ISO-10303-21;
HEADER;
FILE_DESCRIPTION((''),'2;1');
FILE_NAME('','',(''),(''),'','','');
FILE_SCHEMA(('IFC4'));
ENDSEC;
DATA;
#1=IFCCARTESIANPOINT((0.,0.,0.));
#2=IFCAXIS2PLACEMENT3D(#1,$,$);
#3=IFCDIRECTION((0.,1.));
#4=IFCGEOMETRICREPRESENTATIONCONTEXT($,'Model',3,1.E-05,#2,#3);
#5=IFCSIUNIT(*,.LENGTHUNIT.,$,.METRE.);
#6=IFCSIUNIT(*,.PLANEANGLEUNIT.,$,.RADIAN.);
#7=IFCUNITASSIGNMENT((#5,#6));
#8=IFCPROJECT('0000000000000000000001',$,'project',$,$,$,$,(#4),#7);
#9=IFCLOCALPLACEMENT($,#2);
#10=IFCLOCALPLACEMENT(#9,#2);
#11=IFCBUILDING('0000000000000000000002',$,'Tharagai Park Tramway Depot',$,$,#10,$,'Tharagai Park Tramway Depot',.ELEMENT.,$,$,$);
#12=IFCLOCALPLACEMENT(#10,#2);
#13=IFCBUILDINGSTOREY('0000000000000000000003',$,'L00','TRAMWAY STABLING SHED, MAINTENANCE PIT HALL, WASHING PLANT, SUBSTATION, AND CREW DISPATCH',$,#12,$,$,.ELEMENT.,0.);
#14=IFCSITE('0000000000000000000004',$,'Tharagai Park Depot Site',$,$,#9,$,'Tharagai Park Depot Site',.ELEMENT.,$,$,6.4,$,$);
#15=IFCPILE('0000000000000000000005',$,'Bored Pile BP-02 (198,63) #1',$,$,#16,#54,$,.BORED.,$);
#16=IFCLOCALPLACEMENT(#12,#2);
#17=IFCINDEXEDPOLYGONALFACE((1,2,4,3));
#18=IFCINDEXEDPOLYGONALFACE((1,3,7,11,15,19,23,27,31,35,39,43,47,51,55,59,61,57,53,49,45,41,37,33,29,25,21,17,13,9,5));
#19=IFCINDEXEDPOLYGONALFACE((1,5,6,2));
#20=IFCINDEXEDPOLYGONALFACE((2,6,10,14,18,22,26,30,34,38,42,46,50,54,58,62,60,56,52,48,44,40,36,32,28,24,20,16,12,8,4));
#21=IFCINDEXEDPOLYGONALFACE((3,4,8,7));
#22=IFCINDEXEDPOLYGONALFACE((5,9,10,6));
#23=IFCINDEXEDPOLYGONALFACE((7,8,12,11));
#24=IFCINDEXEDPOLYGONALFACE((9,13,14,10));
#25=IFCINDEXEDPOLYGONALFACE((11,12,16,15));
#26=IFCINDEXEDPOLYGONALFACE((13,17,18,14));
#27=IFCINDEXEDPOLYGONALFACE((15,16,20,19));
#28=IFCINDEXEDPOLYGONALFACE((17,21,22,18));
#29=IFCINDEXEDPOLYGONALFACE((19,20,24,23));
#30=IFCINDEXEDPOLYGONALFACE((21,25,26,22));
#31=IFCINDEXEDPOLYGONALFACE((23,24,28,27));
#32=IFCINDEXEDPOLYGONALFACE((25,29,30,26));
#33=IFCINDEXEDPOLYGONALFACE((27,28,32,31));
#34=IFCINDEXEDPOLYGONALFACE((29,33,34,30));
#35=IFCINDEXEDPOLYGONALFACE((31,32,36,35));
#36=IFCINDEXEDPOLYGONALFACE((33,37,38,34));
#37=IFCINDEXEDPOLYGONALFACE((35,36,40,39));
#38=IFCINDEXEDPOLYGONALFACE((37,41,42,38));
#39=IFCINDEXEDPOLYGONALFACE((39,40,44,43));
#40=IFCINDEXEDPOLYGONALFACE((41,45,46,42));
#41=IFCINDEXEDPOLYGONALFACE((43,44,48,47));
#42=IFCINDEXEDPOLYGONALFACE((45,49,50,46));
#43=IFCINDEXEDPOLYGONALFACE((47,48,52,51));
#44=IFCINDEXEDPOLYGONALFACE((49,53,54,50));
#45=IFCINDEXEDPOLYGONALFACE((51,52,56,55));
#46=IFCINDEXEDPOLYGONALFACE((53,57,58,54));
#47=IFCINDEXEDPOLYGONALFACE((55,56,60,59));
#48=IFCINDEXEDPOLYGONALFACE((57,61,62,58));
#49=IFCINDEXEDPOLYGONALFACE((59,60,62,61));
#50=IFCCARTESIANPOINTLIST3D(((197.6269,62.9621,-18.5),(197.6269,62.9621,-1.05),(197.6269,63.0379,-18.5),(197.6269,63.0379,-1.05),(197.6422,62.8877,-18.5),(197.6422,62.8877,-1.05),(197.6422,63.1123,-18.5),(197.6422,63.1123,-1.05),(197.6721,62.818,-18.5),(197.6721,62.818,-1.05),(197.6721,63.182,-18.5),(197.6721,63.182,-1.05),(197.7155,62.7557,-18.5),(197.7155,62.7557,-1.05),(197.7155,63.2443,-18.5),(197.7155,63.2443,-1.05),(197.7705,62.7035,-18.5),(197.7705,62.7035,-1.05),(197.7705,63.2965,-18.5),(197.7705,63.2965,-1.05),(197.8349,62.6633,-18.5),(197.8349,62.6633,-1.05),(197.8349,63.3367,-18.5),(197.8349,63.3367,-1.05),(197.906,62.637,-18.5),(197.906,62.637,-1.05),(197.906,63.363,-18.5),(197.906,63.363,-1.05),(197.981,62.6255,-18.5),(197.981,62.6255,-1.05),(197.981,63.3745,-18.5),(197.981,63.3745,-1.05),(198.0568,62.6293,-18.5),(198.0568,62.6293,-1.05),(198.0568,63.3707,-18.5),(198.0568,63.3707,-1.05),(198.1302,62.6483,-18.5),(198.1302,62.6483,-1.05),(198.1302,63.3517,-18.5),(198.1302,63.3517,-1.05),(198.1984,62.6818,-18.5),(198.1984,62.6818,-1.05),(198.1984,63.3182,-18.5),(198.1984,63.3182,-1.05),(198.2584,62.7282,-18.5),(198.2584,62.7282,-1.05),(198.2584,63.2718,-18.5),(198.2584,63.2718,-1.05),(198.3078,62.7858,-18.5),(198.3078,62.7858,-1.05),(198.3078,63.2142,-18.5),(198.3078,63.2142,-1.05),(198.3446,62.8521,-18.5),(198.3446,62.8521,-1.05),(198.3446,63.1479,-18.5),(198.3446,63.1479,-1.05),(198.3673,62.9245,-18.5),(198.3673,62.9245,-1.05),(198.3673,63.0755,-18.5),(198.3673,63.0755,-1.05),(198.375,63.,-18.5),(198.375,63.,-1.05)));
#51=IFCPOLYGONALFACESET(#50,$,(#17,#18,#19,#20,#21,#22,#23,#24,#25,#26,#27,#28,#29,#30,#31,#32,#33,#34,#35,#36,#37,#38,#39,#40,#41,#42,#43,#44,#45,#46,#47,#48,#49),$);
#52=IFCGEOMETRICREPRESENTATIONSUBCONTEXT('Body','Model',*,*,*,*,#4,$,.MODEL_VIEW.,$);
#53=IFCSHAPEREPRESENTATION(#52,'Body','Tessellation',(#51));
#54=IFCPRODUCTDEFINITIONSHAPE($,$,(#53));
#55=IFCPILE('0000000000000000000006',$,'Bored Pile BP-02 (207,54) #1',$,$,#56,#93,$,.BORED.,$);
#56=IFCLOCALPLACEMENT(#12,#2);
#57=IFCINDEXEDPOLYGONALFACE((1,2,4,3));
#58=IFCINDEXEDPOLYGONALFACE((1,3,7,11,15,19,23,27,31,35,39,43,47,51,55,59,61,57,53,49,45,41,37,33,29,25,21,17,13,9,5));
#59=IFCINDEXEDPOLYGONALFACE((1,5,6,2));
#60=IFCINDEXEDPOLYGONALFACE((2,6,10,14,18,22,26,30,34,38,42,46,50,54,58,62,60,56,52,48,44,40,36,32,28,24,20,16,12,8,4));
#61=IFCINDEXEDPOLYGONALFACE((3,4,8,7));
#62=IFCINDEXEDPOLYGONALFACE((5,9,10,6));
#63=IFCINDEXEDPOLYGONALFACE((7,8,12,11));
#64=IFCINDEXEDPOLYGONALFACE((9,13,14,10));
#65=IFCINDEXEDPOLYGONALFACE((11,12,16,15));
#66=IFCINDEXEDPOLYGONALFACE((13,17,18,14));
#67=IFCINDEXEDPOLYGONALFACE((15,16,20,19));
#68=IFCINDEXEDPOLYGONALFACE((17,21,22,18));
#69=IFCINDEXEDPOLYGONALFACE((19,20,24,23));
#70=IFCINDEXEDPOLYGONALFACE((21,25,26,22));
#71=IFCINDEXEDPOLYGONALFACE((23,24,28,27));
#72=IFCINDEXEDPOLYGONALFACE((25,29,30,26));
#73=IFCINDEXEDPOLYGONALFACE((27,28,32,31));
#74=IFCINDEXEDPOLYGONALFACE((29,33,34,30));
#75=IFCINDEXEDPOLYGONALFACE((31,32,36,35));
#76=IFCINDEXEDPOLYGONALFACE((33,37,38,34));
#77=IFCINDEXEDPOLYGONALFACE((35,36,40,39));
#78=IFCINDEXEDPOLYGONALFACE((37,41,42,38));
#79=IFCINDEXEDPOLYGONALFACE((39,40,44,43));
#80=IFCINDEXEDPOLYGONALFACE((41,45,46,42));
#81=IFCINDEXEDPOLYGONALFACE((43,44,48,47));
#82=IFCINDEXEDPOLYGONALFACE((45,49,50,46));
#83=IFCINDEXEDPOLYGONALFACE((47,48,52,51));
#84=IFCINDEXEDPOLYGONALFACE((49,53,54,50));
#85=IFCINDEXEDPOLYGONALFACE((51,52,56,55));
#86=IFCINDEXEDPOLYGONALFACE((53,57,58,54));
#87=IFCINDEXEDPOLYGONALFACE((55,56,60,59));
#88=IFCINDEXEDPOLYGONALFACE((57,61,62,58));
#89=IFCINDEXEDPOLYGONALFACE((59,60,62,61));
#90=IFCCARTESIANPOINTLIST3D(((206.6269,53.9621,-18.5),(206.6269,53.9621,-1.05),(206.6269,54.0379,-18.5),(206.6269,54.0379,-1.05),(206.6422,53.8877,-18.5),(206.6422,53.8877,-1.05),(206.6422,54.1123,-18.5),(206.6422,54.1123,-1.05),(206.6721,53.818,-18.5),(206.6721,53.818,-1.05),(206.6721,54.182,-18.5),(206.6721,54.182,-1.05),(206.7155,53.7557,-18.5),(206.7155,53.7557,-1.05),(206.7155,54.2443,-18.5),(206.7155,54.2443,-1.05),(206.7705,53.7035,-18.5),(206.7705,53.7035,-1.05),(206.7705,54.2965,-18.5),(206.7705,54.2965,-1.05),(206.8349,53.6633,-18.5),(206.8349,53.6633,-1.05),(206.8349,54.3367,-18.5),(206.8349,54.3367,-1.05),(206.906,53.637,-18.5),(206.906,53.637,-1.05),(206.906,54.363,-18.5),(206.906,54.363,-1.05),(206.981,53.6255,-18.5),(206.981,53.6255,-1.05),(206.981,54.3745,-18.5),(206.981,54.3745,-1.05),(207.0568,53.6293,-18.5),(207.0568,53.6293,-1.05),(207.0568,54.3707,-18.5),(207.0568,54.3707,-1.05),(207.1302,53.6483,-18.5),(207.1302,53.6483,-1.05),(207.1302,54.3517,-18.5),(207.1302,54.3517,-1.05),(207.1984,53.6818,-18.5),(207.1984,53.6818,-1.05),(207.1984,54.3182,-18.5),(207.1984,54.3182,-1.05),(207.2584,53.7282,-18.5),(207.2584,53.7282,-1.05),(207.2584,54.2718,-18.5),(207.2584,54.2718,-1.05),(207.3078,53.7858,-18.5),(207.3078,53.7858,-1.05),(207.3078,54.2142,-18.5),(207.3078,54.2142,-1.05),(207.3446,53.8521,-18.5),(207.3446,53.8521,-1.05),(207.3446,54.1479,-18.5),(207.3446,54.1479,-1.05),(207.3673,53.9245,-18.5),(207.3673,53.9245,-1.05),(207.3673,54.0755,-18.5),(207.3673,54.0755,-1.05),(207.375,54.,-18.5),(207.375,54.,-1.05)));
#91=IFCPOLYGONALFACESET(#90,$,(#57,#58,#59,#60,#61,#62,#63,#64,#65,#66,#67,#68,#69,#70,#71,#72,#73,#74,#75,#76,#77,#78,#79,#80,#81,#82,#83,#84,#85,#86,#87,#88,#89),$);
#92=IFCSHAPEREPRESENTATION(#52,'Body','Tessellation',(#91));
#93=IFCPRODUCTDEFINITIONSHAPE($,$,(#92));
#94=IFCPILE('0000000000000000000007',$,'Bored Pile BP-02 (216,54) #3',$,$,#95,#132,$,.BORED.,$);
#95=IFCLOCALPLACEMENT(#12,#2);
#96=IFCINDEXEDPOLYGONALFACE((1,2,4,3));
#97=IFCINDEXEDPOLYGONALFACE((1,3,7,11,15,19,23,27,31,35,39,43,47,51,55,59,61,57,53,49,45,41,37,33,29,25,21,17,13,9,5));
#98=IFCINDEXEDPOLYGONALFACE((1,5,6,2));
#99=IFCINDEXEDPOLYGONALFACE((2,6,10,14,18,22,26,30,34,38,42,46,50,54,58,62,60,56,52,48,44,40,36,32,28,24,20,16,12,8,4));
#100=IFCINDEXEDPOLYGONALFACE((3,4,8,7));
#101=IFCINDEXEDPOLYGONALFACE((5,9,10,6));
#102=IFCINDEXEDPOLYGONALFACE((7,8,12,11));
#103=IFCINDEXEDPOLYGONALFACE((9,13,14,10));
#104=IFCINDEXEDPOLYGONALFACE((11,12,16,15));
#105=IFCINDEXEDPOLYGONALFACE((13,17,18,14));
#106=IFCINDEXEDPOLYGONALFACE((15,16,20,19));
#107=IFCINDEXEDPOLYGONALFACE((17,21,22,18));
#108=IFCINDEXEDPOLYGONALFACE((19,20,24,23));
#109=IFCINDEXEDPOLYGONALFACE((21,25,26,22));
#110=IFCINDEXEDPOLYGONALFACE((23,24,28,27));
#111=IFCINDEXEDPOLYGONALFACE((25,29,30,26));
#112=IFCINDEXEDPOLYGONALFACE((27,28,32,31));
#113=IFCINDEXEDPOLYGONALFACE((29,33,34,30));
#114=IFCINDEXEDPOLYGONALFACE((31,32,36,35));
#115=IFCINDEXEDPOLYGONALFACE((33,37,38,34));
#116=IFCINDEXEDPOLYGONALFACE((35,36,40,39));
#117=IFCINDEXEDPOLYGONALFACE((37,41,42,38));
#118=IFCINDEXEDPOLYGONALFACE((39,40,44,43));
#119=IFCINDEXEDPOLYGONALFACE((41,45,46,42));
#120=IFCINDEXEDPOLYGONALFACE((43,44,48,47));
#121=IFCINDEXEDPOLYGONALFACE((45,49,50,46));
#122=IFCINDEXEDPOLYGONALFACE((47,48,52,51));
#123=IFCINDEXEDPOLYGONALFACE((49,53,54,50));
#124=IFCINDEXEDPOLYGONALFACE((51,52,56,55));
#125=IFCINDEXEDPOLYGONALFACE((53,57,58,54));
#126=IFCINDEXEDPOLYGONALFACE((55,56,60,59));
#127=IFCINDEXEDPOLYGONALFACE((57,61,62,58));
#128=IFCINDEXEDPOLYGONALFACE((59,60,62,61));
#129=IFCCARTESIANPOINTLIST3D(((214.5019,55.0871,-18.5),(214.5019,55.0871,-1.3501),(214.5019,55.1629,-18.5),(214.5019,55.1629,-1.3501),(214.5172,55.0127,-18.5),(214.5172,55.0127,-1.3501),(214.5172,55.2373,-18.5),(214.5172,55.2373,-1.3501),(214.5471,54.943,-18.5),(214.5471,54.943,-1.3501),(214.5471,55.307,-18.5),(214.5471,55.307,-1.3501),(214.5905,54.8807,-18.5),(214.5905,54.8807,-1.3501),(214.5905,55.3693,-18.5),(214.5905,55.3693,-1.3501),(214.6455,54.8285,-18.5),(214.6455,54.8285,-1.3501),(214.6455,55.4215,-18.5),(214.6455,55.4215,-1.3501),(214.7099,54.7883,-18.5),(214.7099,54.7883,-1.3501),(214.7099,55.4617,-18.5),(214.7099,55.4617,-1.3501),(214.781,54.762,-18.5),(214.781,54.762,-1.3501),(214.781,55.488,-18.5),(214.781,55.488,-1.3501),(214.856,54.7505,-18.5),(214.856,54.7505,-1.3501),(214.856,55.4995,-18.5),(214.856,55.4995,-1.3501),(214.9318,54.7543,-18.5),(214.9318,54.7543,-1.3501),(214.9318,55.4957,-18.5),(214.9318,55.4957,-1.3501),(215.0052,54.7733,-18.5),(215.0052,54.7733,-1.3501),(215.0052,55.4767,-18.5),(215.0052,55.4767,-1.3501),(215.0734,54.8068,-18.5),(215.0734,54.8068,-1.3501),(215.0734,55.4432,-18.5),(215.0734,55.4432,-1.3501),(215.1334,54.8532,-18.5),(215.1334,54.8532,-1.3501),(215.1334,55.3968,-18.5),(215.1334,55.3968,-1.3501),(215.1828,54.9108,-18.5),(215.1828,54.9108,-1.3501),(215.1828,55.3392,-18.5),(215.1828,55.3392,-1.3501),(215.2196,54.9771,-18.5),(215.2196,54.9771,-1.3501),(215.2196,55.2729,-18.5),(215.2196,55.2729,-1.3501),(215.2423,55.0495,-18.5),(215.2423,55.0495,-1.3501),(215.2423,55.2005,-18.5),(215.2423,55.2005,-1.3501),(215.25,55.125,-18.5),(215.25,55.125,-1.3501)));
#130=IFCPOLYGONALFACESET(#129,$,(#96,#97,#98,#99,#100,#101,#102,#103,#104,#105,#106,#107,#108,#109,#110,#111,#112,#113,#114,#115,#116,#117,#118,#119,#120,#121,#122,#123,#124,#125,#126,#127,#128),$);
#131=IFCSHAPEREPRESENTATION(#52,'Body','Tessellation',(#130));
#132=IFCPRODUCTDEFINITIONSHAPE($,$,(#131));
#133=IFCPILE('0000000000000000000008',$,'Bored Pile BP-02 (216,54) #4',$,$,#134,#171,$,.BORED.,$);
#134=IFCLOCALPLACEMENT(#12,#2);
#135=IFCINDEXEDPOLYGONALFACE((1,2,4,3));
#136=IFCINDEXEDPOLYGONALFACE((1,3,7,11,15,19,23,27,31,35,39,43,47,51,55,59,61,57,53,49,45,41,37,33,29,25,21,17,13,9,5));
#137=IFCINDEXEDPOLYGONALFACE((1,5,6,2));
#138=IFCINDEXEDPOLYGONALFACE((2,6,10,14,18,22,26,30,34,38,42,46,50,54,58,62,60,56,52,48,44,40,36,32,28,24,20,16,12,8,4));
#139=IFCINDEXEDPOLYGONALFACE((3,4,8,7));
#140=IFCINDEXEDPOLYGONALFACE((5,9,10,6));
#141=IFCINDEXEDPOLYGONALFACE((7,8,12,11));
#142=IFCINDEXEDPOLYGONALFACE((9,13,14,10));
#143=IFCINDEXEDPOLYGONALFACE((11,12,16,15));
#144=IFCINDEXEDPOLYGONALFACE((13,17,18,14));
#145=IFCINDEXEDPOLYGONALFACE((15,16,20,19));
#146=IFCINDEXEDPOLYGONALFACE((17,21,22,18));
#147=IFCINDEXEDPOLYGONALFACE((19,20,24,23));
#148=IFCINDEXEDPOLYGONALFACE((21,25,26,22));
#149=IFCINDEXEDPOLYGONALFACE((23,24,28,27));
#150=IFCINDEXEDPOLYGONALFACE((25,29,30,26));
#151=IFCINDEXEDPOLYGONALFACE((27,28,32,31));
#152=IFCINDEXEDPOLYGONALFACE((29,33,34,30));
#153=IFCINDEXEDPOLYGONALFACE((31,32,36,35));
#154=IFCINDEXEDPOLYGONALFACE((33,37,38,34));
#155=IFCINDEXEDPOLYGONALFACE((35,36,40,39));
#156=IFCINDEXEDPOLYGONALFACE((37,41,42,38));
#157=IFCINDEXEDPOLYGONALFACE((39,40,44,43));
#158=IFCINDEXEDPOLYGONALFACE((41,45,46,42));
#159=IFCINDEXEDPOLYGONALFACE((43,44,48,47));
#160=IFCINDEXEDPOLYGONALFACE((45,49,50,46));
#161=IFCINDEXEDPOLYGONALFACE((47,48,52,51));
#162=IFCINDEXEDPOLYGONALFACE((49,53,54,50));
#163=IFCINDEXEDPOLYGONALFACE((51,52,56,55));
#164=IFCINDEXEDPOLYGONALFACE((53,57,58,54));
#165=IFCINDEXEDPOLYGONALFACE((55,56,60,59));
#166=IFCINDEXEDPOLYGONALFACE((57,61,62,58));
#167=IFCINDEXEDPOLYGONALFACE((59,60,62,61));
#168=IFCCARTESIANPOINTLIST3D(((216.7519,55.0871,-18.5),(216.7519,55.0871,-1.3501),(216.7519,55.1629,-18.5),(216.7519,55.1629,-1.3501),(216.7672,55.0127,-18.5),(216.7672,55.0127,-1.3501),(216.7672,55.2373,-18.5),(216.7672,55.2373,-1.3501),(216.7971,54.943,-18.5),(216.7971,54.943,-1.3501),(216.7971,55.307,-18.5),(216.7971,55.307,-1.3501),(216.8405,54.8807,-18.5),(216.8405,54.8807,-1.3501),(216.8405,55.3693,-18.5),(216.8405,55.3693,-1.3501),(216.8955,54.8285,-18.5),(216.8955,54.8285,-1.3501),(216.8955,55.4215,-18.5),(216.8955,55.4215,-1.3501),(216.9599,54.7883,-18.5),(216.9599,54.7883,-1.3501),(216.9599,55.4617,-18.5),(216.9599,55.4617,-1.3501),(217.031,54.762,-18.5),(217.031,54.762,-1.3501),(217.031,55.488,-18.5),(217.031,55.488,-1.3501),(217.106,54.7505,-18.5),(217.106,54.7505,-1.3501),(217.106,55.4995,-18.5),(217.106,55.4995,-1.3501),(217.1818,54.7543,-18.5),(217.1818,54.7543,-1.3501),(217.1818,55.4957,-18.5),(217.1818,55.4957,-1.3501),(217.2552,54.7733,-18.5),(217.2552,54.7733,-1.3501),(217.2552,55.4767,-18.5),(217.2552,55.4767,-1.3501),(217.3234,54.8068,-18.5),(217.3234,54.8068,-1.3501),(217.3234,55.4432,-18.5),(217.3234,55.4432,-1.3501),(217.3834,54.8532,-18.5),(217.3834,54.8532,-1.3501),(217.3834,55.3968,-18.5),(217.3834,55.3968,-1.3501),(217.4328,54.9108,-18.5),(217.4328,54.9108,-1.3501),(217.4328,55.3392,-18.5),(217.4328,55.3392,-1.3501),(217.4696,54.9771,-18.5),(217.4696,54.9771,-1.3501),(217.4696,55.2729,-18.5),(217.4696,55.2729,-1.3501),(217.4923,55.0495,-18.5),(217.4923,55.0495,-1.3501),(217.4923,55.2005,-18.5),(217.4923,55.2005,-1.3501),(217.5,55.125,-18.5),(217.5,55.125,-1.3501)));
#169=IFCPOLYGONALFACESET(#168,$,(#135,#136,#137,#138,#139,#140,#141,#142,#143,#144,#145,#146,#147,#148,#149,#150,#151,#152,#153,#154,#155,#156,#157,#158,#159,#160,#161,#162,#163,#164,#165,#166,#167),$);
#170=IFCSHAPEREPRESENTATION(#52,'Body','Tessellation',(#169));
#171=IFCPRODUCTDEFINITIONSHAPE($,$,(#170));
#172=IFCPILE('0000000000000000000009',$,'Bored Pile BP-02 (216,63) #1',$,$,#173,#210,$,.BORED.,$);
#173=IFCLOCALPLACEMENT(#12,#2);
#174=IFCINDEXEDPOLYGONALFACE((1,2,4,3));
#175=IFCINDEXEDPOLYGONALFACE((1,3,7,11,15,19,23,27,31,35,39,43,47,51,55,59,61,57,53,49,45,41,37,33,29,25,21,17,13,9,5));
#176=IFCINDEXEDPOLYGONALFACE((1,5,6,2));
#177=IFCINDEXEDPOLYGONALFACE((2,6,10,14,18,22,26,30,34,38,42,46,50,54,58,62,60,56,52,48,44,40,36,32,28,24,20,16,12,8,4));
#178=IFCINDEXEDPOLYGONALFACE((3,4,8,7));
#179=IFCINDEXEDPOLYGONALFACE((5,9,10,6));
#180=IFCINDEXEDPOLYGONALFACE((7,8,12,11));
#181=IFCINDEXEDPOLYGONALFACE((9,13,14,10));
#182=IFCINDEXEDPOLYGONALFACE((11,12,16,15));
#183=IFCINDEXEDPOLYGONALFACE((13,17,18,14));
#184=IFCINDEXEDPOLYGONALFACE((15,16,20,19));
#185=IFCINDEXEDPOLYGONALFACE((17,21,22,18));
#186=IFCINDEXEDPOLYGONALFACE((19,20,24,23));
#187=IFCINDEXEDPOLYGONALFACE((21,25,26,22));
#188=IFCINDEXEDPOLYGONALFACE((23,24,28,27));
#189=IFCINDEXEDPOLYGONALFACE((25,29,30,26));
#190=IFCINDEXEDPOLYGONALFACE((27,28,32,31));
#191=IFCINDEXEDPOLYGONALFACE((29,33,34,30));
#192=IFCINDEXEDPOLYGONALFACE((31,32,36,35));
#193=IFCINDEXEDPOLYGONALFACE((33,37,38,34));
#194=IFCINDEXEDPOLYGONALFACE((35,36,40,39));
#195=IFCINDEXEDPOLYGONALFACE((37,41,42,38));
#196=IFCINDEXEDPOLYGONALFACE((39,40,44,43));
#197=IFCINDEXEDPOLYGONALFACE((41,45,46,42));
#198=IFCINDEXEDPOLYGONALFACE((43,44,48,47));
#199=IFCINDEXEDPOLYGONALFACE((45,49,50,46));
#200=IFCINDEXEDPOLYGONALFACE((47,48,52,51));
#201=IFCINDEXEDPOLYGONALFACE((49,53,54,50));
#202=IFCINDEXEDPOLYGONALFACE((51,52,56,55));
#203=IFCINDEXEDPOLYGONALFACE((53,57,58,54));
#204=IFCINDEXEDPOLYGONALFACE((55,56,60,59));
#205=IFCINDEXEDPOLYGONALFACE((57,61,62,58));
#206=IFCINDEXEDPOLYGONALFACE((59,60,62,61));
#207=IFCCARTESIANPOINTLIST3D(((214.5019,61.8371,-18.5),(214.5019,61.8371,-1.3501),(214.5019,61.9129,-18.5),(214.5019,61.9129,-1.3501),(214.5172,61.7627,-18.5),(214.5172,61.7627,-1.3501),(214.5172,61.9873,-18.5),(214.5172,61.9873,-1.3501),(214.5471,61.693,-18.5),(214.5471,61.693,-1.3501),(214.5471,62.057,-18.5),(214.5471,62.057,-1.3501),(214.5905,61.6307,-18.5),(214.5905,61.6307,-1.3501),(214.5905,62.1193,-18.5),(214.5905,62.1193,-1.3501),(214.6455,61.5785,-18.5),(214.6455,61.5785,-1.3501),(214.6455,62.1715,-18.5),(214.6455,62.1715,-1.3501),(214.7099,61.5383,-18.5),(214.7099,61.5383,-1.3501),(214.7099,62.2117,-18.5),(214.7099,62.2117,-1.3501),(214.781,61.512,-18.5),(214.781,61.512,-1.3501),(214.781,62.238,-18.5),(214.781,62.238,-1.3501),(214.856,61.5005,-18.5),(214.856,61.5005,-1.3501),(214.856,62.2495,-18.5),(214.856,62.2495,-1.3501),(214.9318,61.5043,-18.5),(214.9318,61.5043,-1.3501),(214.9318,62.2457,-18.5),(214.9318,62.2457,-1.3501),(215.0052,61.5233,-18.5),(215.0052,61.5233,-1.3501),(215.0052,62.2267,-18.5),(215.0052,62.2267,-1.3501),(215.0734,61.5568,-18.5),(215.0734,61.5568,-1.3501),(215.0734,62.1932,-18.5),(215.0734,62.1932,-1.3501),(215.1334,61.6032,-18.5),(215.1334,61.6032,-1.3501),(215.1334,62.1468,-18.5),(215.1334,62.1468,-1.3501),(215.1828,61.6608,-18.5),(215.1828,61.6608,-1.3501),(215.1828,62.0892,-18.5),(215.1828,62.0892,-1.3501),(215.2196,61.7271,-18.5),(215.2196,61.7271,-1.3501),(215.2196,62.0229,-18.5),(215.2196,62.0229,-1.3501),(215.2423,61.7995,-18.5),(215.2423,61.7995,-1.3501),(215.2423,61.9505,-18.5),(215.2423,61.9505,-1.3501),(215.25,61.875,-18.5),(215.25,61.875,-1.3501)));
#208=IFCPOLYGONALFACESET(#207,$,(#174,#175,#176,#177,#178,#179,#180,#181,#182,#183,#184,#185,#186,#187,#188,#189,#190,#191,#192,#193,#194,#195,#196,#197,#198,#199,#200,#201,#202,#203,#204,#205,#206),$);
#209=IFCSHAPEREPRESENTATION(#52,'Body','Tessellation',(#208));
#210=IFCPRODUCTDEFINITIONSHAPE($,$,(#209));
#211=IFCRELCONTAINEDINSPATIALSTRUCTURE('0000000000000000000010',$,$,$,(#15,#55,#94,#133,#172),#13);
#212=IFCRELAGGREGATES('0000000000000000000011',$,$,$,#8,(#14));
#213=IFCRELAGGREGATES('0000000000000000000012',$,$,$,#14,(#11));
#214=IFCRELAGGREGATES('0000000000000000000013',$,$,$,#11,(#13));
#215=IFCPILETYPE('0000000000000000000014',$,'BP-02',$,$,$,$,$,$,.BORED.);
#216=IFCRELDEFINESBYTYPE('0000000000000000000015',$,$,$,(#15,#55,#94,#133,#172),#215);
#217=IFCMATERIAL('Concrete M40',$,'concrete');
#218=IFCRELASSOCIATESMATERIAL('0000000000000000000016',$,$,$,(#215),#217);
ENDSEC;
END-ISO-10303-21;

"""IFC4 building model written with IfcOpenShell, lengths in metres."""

from ifc_helpers import new_model, si_unit, direction, frame, origin, origin_2d, place, context, subcontext, project, spatial, circle, extrude, material, material_profile, profile_set, type_object, element, save


model = new_model("IFC4")

# Units and contexts
model_context = context("Model", 3, precision=1e-05, world=origin(), true_north=direction((0.0, 1.0)))
body_context = subcontext(model_context, "Body", "Model", "MODEL_VIEW")
ifc_project = project(units=[si_unit("LENGTHUNIT", "METRE"), si_unit("PLANEANGLEUNIT", "RADIAN")], contexts=[model_context])

# Site, building, storey
site_placement = place(None, origin())
site = spatial("IfcSite", under=ifc_project, at=site_placement, Name="Tharagai Park Depot Site", LongName="Tharagai Park Depot Site", CompositionType="ELEMENT", RefElevation=6.4)
building_placement = place(site_placement, origin())
building = spatial("IfcBuilding", under=site, at=building_placement, Name="Tharagai Park Tramway Depot", LongName="Tharagai Park Tramway Depot", CompositionType="ELEMENT")
storey_placement = place(building_placement, origin())
storey = spatial("IfcBuildingStorey", under=building, at=storey_placement, Name="L00", Description="TRAMWAY STABLING SHED, MAINTENANCE PIT HALL, WASHING PLANT, SUBSTATION, AND CREW DISPATCH", CompositionType="ELEMENT", Elevation=0.0)

# Piles
ifc_material_1 = material(Name="Concrete M40", Category="concrete")
ifc_material_profile_1 = material_profile(ifc_material_1, circle(Radius=0.375, at=origin_2d()), Name="PILE D750")
ifc_profile_set_1 = profile_set([ifc_material_profile_1], Name="Concrete M40")
pile_type = type_object("IfcPileType", Name="BP-02", PredefinedType="BORED", material=ifc_profile_set_1)
for number, where, z_axis, x_axis, name in (
    (1, (198.0, 63.0, -1.05), (0.0, 0.0, -1.0), (1.0, 0.0, 0.0), "Bored Pile BP-02 (198,63) #1"),
    (2, (207.0, 54.0, -1.05), (0.0, 0.0, -1.0), (1.0, 0.0, 0.0), "Bored Pile BP-02 (207,54) #1"),
):
    element("IfcPile", number, at=place(storey_placement, frame(where, z_axis=z_axis, x_axis=x_axis)), inside=storey, type_object=pile_type, Name=name, PredefinedType="BORED", context=body_context, shape_type="SweptSolid", body=[
        extrude(circle(Radius=0.375, at=origin_2d()), origin(), (0.0, 0.0, 1.0), 17.45),
    ])
for number, where, z_axis, x_axis, name in (
    (3, (214.875, 55.125, -1.3501), (0.0, 0.0, -1.0), (1.0, 0.0, 0.0), "Bored Pile BP-02 (216,54) #3"),
    (4, (217.125, 55.125, -1.3501), (0.0, 0.0, -1.0), (1.0, 0.0, 0.0), "Bored Pile BP-02 (216,54) #4"),
    (5, (214.875, 61.875, -1.3501), (0.0, 0.0, -1.0), (1.0, 0.0, 0.0), "Bored Pile BP-02 (216,63) #1"),
):
    element("IfcPile", number, at=place(storey_placement, frame(where, z_axis=z_axis, x_axis=x_axis)), inside=storey, type_object=pile_type, Name=name, PredefinedType="BORED", context=body_context, shape_type="SweptSolid", body=[
        extrude(circle(Radius=0.375, at=origin_2d()), origin(), (0.0, 0.0, 1.0), 17.1499),
    ])

save(model, "model.ifc")
